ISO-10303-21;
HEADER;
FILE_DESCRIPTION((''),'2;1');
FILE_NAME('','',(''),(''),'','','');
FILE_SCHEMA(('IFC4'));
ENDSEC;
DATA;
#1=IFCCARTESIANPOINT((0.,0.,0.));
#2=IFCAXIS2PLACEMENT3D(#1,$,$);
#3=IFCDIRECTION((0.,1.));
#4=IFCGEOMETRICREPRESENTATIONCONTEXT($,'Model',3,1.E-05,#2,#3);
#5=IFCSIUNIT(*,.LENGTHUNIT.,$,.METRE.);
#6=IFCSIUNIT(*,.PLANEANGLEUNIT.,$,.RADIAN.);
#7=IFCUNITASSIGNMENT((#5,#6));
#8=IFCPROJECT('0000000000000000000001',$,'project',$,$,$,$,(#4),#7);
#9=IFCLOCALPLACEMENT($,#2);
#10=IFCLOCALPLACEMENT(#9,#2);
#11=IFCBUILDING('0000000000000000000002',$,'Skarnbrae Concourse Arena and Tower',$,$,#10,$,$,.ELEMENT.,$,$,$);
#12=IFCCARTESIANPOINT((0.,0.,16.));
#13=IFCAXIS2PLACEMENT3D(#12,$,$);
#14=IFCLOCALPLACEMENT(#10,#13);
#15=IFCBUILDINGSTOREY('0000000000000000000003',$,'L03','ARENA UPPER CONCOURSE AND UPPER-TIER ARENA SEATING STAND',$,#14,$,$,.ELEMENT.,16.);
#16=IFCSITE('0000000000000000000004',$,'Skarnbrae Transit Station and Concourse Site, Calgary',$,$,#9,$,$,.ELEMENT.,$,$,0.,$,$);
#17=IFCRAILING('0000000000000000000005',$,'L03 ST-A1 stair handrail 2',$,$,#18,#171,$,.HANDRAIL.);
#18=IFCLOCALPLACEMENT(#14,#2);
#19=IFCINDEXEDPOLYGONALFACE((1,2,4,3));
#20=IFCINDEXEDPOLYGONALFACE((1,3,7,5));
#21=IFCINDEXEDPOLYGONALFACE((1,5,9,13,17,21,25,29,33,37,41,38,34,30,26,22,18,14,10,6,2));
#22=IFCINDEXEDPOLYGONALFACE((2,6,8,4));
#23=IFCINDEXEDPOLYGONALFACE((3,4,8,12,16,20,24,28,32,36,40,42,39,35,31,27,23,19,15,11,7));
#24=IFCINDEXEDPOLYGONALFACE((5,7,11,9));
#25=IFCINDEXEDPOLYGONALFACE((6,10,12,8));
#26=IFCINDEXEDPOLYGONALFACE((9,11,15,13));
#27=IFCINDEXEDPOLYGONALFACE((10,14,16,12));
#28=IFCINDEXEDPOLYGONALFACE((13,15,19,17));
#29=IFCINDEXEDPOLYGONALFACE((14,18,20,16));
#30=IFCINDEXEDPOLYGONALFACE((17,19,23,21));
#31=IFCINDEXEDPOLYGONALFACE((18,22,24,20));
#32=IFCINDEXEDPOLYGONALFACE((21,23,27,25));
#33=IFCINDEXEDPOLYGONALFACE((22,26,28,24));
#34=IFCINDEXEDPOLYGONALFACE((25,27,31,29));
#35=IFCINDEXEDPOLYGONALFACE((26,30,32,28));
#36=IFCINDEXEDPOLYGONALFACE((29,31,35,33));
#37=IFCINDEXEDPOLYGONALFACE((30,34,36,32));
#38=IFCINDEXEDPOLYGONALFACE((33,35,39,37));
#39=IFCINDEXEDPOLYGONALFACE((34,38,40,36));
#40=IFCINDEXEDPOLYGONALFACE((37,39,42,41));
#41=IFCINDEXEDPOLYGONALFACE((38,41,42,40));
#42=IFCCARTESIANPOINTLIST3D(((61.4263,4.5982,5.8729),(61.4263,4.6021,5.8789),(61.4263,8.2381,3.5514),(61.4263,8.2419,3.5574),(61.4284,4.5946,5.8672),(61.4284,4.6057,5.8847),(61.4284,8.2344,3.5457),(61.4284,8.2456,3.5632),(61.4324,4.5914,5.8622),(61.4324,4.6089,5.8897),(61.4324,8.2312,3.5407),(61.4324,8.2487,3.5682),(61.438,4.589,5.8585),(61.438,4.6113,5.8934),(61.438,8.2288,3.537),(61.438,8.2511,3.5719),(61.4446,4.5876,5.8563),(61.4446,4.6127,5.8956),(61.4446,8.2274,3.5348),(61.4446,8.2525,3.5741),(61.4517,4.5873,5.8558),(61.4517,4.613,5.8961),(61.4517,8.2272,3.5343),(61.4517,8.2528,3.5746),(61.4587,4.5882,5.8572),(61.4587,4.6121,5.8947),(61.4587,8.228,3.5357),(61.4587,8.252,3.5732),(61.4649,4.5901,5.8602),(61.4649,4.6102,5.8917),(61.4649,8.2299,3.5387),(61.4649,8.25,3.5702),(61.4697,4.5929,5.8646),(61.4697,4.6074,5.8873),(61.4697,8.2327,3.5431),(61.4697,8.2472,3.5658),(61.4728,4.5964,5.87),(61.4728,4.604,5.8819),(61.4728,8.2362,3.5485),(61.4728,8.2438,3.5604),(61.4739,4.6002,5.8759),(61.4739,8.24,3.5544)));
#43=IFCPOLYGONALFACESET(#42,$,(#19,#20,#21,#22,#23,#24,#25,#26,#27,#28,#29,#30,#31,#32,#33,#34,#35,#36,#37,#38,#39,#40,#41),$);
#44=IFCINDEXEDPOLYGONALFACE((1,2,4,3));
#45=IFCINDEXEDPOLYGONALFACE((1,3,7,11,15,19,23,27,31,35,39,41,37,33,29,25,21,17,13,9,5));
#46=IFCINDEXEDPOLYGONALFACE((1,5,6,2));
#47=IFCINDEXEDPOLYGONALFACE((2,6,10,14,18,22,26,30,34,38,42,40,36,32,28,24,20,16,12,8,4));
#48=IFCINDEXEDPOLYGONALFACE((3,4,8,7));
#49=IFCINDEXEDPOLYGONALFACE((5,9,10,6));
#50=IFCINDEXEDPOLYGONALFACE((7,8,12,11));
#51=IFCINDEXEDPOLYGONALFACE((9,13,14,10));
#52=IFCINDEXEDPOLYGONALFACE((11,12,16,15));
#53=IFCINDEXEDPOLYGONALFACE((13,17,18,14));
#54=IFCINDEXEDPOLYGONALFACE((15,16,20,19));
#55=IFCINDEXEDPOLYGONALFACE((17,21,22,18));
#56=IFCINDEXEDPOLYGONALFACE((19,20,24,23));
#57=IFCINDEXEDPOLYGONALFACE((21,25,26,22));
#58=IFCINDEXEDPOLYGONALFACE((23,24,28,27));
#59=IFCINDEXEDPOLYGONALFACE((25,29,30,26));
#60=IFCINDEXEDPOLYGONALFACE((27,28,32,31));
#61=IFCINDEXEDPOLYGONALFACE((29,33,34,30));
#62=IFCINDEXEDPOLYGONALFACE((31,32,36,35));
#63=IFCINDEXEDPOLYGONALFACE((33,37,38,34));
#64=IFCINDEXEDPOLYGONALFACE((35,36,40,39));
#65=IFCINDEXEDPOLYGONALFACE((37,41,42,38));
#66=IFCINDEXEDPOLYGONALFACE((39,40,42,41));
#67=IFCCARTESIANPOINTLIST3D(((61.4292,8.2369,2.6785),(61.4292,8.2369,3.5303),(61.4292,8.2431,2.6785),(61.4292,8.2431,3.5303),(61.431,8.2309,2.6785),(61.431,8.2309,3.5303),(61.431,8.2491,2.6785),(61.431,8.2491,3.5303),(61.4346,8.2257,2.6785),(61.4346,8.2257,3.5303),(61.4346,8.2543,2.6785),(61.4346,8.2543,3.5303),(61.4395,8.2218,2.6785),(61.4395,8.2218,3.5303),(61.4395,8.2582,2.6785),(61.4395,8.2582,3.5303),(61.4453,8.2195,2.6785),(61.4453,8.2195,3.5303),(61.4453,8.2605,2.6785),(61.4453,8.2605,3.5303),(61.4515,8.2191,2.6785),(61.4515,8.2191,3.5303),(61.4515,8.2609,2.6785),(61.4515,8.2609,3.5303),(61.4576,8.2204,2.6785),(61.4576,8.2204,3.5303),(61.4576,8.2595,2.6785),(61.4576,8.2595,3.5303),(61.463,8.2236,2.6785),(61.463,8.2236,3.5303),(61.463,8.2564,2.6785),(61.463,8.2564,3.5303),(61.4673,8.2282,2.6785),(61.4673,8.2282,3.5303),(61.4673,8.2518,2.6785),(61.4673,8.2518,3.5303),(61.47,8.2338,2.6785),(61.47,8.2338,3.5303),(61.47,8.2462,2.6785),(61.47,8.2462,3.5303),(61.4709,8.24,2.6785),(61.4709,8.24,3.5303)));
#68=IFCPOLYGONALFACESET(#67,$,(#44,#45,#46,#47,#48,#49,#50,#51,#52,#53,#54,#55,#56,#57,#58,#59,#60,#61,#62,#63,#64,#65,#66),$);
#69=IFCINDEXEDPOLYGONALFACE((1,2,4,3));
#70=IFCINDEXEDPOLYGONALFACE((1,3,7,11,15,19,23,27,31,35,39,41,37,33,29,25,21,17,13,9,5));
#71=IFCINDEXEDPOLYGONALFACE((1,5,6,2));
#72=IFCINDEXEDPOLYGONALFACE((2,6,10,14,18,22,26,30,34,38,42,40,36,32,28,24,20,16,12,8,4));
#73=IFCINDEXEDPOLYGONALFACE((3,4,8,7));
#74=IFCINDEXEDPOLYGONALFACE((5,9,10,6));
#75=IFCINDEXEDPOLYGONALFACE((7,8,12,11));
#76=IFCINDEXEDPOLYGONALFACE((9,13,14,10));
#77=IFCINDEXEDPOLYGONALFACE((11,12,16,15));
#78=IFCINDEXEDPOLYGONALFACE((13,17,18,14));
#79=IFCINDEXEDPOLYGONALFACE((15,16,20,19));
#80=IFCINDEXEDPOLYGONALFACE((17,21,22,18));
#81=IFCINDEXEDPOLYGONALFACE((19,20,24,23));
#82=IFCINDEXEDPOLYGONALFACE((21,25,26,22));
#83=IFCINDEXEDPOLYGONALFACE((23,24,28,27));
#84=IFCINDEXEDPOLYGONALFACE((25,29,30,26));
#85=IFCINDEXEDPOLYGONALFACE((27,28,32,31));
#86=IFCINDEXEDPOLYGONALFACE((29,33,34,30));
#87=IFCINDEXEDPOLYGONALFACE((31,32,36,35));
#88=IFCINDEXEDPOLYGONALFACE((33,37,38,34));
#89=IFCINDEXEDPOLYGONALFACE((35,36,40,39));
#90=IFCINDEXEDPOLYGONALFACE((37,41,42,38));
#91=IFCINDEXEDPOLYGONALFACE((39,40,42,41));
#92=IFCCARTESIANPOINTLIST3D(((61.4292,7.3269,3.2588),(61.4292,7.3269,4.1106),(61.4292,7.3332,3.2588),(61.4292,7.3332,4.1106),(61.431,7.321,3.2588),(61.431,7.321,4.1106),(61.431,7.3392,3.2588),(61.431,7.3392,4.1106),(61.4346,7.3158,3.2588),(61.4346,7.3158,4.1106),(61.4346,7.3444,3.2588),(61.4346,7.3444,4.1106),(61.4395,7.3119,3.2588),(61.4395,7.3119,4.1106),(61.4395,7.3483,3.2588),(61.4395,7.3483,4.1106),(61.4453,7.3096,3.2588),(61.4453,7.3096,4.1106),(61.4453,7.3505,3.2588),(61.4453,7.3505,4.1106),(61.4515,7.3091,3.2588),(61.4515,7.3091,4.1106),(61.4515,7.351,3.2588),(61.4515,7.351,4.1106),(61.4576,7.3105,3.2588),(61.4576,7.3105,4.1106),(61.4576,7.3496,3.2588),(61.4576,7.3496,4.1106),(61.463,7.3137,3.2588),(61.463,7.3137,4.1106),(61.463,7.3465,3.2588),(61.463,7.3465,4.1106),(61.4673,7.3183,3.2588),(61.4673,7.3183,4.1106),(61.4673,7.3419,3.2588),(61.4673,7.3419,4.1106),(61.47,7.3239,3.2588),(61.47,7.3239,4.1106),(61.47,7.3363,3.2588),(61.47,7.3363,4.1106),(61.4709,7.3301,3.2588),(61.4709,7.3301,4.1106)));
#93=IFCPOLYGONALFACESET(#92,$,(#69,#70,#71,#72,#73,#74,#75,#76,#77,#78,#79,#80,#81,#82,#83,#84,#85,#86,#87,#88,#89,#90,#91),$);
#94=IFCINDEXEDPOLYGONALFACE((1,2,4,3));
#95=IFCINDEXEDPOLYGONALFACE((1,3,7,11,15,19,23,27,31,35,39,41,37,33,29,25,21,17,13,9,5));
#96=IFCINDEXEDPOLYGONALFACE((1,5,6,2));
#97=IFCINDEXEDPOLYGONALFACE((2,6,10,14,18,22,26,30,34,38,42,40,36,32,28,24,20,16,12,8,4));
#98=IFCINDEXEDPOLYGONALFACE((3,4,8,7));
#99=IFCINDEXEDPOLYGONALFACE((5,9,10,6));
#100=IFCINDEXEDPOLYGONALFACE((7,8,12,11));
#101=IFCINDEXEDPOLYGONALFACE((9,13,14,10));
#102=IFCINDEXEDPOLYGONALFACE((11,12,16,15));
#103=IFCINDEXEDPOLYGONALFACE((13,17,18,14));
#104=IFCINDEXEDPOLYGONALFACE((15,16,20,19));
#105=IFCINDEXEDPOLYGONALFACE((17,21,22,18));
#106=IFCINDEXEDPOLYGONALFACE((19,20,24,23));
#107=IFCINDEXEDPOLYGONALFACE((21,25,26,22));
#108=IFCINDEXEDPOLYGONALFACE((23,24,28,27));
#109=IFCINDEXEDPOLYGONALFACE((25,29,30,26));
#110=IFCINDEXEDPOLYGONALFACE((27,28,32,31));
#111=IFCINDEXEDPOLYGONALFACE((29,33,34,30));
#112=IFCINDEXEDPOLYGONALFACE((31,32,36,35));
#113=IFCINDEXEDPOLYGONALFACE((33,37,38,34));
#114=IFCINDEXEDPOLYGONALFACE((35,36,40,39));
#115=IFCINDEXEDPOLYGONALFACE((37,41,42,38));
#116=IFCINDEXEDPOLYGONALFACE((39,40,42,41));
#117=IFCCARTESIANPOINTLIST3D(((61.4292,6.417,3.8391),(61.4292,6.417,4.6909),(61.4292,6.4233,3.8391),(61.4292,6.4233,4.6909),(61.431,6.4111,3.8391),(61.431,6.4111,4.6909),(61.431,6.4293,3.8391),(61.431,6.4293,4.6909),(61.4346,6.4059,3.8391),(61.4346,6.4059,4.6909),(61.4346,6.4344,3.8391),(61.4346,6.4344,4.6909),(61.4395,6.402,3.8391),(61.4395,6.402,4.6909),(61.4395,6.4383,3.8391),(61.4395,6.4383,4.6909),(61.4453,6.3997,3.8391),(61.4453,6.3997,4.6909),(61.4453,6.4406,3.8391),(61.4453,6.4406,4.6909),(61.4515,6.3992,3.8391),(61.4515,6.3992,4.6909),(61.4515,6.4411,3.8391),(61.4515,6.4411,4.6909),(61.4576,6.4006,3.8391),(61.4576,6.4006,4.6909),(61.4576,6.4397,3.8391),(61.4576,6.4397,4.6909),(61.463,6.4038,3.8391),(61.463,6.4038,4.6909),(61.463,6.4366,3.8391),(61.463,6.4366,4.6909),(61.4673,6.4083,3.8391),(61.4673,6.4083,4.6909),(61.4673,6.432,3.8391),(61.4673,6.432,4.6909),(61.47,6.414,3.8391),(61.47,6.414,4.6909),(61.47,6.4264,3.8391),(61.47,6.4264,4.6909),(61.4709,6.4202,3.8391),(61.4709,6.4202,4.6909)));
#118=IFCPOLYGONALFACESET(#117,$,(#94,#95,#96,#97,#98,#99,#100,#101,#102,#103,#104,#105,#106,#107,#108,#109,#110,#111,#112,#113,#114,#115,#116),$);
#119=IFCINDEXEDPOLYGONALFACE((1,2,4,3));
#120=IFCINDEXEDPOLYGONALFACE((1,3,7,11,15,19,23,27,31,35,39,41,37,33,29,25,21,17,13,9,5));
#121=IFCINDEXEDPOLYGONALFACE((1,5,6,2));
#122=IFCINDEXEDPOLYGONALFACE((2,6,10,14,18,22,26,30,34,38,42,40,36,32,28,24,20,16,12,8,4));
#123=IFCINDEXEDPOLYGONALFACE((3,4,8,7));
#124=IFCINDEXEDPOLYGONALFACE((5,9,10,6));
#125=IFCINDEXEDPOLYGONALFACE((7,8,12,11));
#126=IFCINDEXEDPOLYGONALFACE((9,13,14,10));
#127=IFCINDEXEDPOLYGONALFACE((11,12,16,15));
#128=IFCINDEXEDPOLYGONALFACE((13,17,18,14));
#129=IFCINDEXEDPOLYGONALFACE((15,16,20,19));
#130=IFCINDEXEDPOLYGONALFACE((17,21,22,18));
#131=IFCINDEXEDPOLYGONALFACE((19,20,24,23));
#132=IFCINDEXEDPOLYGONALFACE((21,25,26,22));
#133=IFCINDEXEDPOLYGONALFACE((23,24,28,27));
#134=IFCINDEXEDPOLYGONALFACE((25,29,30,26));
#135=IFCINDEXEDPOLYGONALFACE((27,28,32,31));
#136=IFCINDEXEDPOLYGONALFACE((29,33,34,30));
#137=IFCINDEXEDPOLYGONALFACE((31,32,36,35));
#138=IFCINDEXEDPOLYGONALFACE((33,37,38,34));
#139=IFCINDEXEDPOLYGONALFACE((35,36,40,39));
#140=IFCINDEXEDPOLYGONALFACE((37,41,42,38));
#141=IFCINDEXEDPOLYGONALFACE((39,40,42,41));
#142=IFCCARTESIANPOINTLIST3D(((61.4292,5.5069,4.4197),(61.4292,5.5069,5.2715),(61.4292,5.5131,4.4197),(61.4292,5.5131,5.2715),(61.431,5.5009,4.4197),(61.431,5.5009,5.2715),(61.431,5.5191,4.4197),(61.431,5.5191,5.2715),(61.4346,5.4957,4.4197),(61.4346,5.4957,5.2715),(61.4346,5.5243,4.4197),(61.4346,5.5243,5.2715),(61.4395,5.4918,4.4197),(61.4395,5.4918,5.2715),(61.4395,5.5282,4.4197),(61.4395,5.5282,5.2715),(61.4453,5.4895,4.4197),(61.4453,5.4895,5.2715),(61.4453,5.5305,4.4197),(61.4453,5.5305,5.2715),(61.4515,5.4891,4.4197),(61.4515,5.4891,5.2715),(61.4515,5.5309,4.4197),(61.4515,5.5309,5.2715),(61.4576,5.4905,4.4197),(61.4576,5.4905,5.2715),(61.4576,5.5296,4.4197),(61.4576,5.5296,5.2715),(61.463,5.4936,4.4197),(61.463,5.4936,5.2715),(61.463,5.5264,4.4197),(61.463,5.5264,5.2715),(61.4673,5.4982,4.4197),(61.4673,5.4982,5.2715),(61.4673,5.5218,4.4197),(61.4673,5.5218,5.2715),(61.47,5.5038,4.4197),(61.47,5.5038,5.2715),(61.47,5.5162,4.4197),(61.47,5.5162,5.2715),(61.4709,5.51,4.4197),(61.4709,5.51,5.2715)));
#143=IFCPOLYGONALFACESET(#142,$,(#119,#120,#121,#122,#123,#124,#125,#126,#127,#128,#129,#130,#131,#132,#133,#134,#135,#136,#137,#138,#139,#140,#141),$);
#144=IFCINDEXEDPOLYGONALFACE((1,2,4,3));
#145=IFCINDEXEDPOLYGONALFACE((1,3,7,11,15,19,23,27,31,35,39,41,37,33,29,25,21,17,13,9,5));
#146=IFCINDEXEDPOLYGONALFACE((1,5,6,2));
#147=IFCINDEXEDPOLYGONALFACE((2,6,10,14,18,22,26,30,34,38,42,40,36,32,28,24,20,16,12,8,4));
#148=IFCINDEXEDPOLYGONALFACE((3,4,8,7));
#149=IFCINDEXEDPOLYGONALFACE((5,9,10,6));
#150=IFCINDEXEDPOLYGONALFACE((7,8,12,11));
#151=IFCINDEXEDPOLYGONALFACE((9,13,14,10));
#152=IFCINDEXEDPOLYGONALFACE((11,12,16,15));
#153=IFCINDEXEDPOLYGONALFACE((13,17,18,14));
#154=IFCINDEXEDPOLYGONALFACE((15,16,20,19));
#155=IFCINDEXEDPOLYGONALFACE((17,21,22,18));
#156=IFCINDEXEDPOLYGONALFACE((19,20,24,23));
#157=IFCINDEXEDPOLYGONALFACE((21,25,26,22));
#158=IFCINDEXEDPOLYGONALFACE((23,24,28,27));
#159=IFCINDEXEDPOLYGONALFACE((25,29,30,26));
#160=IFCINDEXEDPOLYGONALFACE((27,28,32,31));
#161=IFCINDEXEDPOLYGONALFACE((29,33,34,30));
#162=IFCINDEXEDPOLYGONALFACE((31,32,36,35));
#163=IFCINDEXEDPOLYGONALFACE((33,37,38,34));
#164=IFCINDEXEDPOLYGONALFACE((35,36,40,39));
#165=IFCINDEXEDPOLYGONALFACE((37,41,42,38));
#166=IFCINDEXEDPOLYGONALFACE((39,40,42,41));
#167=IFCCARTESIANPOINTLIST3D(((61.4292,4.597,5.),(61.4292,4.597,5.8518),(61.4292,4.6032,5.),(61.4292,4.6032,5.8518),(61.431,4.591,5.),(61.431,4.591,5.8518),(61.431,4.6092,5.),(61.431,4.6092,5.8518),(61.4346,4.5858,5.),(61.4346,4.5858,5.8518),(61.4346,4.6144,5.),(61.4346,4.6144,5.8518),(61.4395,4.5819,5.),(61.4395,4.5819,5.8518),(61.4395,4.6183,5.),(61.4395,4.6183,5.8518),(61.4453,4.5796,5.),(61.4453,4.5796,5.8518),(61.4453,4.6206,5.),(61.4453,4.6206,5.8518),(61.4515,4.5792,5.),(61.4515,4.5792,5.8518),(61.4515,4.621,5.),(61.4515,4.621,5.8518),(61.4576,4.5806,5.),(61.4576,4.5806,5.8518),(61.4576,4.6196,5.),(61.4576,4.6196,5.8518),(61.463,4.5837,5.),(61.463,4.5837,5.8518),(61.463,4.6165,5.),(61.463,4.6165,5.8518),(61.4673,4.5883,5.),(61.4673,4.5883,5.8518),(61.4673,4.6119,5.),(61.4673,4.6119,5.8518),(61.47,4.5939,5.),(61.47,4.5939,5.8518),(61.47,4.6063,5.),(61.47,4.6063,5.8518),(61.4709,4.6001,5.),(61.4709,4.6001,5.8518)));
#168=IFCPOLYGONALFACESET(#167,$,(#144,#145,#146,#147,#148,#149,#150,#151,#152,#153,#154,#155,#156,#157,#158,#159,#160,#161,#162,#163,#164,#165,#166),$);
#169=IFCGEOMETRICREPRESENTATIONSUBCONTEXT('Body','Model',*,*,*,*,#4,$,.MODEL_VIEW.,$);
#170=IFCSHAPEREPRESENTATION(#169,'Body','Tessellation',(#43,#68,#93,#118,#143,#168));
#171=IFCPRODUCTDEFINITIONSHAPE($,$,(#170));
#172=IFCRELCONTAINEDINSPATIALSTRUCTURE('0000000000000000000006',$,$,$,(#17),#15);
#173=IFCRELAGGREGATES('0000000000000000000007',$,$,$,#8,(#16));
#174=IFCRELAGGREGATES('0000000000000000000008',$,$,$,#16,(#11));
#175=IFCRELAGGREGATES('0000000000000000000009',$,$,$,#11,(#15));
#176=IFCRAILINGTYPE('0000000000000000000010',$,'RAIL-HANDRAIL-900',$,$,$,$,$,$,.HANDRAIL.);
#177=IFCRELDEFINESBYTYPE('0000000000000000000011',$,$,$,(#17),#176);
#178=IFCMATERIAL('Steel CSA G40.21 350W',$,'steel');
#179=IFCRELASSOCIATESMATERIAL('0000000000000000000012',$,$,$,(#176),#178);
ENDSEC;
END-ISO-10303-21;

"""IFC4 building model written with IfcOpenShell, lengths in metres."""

from ifc_helpers import new_model, si_unit, direction, frame, origin, origin_2d, place, context, subcontext, project, spatial, circle, extrude, material, type_object, element, save


model = new_model("IFC4")

# Units and contexts
model_context = context("Model", 3, precision=1e-05, world=origin(), true_north=direction((0.0, 1.0)))
body_context = subcontext(model_context, "Body", "Model", "MODEL_VIEW")
ifc_project = project(units=[si_unit("LENGTHUNIT", "METRE"), si_unit("PLANEANGLEUNIT", "RADIAN")], contexts=[model_context])

# Site, building, storey
site_placement = place(None, origin())
site = spatial("IfcSite", under=ifc_project, at=site_placement, Name="Skarnbrae Transit Station and Concourse Site, Calgary", CompositionType="ELEMENT", RefElevation=0.0)
building_placement = place(site_placement, origin())
building = spatial("IfcBuilding", under=site, at=building_placement, Name="Skarnbrae Concourse Arena and Tower", CompositionType="ELEMENT")
storey_placement = place(building_placement, frame((0.0, 0.0, 16.0)))
storey = spatial("IfcBuildingStorey", under=building, at=storey_placement, Name="L03", Description="ARENA UPPER CONCOURSE AND UPPER-TIER ARENA SEATING STAND", CompositionType="ELEMENT", Elevation=16.0)

# Shared definitions
ifc_material_1 = material(Name="Steel CSA G40.21 350W", Category="steel")

# Railing
railing_type_1 = type_object("IfcRailingType", Name="RAIL-HANDRAIL-900", PredefinedType="HANDRAIL", material=ifc_material_1)
railing_1_placement = place(storey_placement, frame((61.45, 8.24, 2.6785)))
element("IfcRailing", 1, at=railing_1_placement, inside=storey, type_object=railing_type_1, Name="L03 ST-A1 stair handrail 2", PredefinedType="HANDRAIL", context=body_context, shape_type="SweptSolid", body=[
    extrude(circle(Radius=0.0239, at=origin_2d()), frame((0.0, 0.0, 0.876), z_axis=(0.0, -0.843112, 0.537739), x_axis=(1.0, 0.0, 0.0)), (0.0, 0.0, 1.0), 4.3171),
    extrude(circle(Radius=0.021, at=origin_2d()), origin(), (0.0, 0.0, 1.0), 0.8518),
    extrude(circle(Radius=0.021, at=origin_2d()), frame((0.0, -0.9099, 0.5803)), (0.0, 0.0, 1.0), 0.8518),
    extrude(circle(Radius=0.021, at=origin_2d()), frame((0.0, -1.8198, 1.1606)), (0.0, 0.0, 1.0), 0.8518),
    extrude(circle(Radius=0.021, at=origin_2d()), frame((0.0, -2.73, 1.7412)), (0.0, 0.0, 1.0), 0.8518),
    extrude(circle(Radius=0.021, at=origin_2d()), frame((0.0, -3.6399, 2.3215)), (0.0, 0.0, 1.0), 0.8518),
])

save(model, "model.ifc")
